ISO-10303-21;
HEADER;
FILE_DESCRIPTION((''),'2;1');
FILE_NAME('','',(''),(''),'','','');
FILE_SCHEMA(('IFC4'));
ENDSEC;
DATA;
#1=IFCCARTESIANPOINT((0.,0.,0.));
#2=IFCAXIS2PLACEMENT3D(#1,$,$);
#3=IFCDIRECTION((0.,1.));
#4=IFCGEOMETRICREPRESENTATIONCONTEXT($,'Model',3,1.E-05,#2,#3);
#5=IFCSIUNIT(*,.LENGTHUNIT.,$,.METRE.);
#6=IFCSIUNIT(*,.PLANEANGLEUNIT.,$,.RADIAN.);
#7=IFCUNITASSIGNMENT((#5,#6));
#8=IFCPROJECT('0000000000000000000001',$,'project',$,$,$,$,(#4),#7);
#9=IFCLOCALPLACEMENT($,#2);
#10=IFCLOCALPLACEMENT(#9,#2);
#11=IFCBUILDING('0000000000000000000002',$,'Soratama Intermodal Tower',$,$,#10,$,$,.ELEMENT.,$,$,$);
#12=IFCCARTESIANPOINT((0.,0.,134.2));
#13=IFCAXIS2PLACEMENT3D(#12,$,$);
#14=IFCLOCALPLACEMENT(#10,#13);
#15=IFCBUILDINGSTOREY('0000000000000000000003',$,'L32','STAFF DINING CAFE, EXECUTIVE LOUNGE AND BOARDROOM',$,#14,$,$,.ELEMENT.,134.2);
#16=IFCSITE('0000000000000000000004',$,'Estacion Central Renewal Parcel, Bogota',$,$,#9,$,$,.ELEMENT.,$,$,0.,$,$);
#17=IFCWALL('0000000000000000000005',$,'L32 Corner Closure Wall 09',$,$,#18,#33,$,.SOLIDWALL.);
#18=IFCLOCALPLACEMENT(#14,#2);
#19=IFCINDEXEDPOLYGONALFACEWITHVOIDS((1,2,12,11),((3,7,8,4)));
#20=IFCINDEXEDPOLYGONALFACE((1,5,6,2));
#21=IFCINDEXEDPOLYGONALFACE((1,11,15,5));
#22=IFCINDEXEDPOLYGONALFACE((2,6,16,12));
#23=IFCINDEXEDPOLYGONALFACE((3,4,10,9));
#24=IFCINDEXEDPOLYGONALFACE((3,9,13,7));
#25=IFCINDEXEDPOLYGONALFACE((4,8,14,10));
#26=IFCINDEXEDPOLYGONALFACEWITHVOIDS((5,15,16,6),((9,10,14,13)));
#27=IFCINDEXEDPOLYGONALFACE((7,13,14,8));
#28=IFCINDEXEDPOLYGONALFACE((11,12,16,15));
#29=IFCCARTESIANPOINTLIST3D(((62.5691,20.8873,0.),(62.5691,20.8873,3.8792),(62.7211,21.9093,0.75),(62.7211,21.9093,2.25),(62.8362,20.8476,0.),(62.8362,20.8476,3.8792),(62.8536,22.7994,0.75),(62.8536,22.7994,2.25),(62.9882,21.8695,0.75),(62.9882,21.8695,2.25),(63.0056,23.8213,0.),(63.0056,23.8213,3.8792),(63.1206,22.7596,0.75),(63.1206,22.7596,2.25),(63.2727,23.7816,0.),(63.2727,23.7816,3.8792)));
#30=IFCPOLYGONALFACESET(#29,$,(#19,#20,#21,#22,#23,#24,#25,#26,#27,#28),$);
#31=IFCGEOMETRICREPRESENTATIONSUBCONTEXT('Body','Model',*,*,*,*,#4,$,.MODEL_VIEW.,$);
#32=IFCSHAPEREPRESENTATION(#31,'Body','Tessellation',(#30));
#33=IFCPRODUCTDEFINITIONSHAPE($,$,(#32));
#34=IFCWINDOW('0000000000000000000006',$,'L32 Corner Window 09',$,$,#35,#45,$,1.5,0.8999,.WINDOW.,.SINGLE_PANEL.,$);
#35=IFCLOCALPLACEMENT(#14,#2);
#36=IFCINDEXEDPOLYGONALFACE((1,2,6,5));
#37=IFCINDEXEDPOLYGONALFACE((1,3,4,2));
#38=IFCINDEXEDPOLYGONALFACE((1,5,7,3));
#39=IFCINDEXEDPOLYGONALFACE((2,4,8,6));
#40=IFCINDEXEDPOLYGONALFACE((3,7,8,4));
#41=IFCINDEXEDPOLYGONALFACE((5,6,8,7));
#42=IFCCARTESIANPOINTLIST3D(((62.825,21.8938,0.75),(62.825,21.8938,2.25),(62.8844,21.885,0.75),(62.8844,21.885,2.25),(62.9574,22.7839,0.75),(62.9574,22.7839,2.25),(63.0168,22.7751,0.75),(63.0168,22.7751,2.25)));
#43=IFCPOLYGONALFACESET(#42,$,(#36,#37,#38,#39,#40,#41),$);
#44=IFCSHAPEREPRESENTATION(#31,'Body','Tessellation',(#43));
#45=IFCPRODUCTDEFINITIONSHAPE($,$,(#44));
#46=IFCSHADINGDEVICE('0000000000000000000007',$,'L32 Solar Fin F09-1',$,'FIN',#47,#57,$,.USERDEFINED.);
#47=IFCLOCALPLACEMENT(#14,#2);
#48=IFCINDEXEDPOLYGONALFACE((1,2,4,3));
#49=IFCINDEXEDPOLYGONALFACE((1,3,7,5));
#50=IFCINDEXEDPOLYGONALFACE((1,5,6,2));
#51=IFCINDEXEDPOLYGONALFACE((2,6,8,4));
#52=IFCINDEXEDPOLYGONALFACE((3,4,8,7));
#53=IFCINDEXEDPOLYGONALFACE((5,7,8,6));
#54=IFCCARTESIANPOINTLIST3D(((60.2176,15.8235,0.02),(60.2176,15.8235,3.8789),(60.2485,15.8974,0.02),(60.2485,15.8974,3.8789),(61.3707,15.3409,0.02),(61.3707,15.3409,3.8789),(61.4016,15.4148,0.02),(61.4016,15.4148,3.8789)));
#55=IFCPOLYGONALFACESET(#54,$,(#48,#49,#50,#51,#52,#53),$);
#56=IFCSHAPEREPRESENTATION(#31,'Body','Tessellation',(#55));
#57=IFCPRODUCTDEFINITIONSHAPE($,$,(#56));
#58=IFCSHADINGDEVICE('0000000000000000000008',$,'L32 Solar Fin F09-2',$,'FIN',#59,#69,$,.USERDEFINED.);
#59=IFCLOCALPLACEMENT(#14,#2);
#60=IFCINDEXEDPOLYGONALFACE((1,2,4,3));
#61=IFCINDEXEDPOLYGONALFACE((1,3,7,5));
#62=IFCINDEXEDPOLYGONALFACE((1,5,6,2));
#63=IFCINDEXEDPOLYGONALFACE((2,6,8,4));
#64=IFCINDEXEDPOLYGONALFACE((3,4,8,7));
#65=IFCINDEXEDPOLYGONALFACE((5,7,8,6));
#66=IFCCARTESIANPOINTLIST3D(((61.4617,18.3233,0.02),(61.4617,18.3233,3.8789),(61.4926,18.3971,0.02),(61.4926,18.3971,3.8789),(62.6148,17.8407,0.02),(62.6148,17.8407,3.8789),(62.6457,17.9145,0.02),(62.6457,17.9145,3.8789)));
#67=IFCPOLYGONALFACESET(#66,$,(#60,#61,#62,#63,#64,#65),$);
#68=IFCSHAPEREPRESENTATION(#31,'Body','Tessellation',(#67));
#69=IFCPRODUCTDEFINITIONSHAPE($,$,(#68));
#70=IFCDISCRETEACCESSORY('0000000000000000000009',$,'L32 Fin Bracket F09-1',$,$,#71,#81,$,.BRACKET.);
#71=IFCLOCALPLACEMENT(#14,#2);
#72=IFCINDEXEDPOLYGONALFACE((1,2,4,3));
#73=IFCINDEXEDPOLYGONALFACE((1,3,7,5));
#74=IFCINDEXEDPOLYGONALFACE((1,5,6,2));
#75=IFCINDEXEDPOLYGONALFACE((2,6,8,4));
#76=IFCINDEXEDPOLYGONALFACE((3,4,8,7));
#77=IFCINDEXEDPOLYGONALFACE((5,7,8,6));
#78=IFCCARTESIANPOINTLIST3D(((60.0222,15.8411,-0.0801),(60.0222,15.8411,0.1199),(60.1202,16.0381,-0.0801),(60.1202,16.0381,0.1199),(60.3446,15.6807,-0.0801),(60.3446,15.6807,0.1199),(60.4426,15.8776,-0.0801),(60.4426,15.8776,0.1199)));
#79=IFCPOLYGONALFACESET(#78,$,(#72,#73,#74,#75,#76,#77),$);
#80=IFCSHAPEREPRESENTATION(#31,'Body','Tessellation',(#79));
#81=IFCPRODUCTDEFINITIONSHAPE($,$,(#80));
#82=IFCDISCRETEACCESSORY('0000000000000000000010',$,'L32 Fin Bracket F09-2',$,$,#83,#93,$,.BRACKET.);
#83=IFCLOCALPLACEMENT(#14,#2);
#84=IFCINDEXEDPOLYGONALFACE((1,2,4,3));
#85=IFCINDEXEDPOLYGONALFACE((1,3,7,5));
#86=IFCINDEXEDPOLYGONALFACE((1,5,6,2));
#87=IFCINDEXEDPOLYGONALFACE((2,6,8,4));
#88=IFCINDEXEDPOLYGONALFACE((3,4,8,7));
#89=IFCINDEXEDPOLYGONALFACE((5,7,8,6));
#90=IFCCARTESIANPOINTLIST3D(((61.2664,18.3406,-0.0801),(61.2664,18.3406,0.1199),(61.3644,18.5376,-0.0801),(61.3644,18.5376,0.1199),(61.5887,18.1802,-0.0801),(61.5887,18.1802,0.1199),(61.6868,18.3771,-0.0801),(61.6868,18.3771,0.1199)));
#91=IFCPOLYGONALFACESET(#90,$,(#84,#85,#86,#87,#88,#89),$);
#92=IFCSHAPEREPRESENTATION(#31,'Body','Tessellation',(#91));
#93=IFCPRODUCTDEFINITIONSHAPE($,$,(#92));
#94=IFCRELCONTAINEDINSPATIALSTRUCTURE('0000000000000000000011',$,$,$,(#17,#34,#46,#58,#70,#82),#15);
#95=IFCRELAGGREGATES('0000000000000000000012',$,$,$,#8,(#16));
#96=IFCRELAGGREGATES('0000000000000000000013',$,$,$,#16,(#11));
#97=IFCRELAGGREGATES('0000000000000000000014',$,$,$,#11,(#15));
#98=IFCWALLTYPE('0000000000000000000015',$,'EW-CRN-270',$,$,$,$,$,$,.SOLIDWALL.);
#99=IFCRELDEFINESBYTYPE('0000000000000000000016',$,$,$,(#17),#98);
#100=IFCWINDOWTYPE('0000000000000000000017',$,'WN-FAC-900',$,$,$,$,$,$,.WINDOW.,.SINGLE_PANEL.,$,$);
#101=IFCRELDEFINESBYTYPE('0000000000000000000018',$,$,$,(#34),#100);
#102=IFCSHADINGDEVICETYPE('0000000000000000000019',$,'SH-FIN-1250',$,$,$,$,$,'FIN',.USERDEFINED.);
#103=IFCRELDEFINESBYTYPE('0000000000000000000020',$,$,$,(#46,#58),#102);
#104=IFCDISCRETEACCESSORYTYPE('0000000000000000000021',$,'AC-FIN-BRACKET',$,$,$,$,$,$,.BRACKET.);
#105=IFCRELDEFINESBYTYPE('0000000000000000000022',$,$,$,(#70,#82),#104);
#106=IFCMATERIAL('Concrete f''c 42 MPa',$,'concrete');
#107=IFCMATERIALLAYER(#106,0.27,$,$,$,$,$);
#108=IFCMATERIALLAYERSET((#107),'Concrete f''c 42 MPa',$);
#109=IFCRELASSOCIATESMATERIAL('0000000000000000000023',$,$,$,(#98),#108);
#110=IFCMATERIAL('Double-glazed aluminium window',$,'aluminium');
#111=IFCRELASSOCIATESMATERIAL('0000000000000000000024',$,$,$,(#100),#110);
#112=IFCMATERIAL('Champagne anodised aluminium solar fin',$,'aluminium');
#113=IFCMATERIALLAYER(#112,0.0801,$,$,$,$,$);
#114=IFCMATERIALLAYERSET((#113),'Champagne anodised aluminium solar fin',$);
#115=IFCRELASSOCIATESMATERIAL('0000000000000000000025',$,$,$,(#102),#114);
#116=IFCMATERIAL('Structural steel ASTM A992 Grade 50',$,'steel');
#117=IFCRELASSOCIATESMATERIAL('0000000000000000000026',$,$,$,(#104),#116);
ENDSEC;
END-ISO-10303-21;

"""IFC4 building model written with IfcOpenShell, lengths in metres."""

from ifc_helpers import new_model, si_unit, direction, frame, frame_2d, origin, origin_2d, place, context, subcontext, project, spatial, rectangle, extrude, material, layer, layer_set, type_object, element, fill, save


model = new_model("IFC4")

# Units and contexts
model_context = context("Model", 3, precision=1e-05, world=origin(), true_north=direction((0.0, 1.0)))
body_context = subcontext(model_context, "Body", "Model", "MODEL_VIEW")
ifc_project = project(units=[si_unit("LENGTHUNIT", "METRE"), si_unit("PLANEANGLEUNIT", "RADIAN")], contexts=[model_context])

# Site, building, storey
site_placement = place(None, origin())
site = spatial("IfcSite", under=ifc_project, at=site_placement, Name="Estacion Central Renewal Parcel, Bogota", CompositionType="ELEMENT", RefElevation=0.0)
building_placement = place(site_placement, origin())
building = spatial("IfcBuilding", under=site, at=building_placement, Name="Soratama Intermodal Tower", CompositionType="ELEMENT")
storey_placement = place(building_placement, frame((0.0, 0.0, 134.2)))
storey = spatial("IfcBuildingStorey", under=building, at=storey_placement, Name="L32", Description="STAFF DINING CAFE, EXECUTIVE LOUNGE AND BOARDROOM", CompositionType="ELEMENT", Elevation=134.2)

# Wall, opening, window
ifc_material_1 = material(Name="Concrete f'c 42 MPa", Category="concrete")
ifc_layer_1 = layer(ifc_material_1, 0.27)
ifc_layer_set_1 = layer_set([ifc_layer_1], Name="Concrete f'c 42 MPa")
wall_type = type_object("IfcWallType", Name="EW-CRN-270", PredefinedType="SOLIDWALL", material=ifc_layer_set_1)
wall_placement = place(storey_placement, frame((62.7026, 20.8674, 0.0), z_axis=(0.0, 0.0, 1.0), x_axis=(0.147157, 0.989113, 0.0)))
wall = element("IfcWall", 1, at=wall_placement, inside=storey, type_object=wall_type, Name="L32 Corner Closure Wall 09", PredefinedType="SOLIDWALL", context=body_context, shape_type="SweptSolid", body=[
    extrude(rectangle(XDim=2.9663, YDim=0.27, at=frame_2d((1.4832, 0.0))), origin(), (0.0, 0.0, 1.0), 3.8792),
])
opening_placement = place(wall_placement, frame((1.0332, 0.0, 0.75)))
opening = element("IfcOpeningElement", 2, at=opening_placement, cuts=wall, PredefinedType="OPENING", context=body_context, shape_type="SweptSolid", body=[
    extrude(rectangle(XDim=0.8999, YDim=1.5, at=frame_2d((0.45, 0.75))), frame((0.0, 0.145, 0.0), z_axis=(0.0, -1.0, 0.0), x_axis=(1.0, 0.0, 0.0)), (0.0, 0.0, 1.0), 0.29),
])
ifc_material_2 = material(Name="Double-glazed aluminium window", Category="aluminium")
window_type = type_object("IfcWindowType", Name="WN-FAC-900", PartitioningType="SINGLE_PANEL", PredefinedType="WINDOW", material=ifc_material_2)
window_placement = place(opening_placement, origin())
window = element("IfcWindow", 3, at=window_placement, inside=storey, type_object=window_type, Name="L32 Corner Window 09", OverallHeight=1.5, OverallWidth=0.8999, PartitioningType="SINGLE_PANEL", PredefinedType="WINDOW", context=body_context, shape_type="SweptSolid", body=[
    extrude(rectangle(XDim=0.8999, YDim=1.5, at=frame_2d((0.45, 0.75))), frame((0.0, 0.03, 0.0), z_axis=(0.0, -1.0, 0.0), x_axis=(1.0, 0.0, 0.0)), (0.0, 0.0, 1.0), 0.0601),
])
fill(opening, window)

# Shading devices
ifc_material_3 = material(Name="Champagne anodised aluminium solar fin", Category="aluminium")
ifc_layer_2 = layer(ifc_material_3, 0.0801)
ifc_layer_set_2 = layer_set([ifc_layer_2], Name="Champagne anodised aluminium solar fin")
shading_device_type = type_object("IfcShadingDeviceType", Name="SH-FIN-1250", ElementType="FIN", PredefinedType="USERDEFINED", material=ifc_layer_set_2)
for number, where, z_axis, x_axis, name in (
    (4, (60.8096, 15.6191, 0.02), (0.0, 0.0, 1.0), (0.922471, -0.386067, 0.0), "L32 Solar Fin F09-1"),
    (5, (62.0537, 18.1189, 0.02), (0.0, 0.0, 1.0), (0.922471, -0.386067, 0.0), "L32 Solar Fin F09-2"),
):
    element("IfcShadingDevice", number, at=place(storey_placement, frame(where, z_axis=z_axis, x_axis=x_axis)), inside=storey, type_object=shading_device_type, Name=name, ObjectType="FIN", PredefinedType="USERDEFINED", context=body_context, shape_type="SweptSolid", body=[
        extrude(rectangle(XDim=1.25, YDim=0.0801, at=origin_2d()), origin(), (0.0, 0.0, 1.0), 3.8589),
    ])

# Discrete accessories
ifc_material_4 = material(Name="Structural steel ASTM A992 Grade 50", Category="steel")
discrete_accessory_type = type_object("IfcDiscreteAccessoryType", Name="AC-FIN-BRACKET", PredefinedType="BRACKET", material=ifc_material_4)
for number, where, z_axis, x_axis, name in (
    (6, (60.2324, 15.8594, -0.0801), (0.0, 0.0, 1.0), (0.895246, -0.445573, 0.0), "L32 Fin Bracket F09-1"),
    (7, (61.4766, 18.3589, -0.0801), (0.0, 0.0, 1.0), (0.895246, -0.445573, 0.0), "L32 Fin Bracket F09-2"),
):
    element("IfcDiscreteAccessory", number, at=place(storey_placement, frame(where, z_axis=z_axis, x_axis=x_axis)), inside=storey, type_object=discrete_accessory_type, Name=name, PredefinedType="BRACKET", context=body_context, shape_type="SweptSolid", body=[
        extrude(rectangle(XDim=0.3601, YDim=0.22, at=origin_2d()), origin(), (0.0, 0.0, 1.0), 0.2),
    ])

save(model, "model.ifc")
